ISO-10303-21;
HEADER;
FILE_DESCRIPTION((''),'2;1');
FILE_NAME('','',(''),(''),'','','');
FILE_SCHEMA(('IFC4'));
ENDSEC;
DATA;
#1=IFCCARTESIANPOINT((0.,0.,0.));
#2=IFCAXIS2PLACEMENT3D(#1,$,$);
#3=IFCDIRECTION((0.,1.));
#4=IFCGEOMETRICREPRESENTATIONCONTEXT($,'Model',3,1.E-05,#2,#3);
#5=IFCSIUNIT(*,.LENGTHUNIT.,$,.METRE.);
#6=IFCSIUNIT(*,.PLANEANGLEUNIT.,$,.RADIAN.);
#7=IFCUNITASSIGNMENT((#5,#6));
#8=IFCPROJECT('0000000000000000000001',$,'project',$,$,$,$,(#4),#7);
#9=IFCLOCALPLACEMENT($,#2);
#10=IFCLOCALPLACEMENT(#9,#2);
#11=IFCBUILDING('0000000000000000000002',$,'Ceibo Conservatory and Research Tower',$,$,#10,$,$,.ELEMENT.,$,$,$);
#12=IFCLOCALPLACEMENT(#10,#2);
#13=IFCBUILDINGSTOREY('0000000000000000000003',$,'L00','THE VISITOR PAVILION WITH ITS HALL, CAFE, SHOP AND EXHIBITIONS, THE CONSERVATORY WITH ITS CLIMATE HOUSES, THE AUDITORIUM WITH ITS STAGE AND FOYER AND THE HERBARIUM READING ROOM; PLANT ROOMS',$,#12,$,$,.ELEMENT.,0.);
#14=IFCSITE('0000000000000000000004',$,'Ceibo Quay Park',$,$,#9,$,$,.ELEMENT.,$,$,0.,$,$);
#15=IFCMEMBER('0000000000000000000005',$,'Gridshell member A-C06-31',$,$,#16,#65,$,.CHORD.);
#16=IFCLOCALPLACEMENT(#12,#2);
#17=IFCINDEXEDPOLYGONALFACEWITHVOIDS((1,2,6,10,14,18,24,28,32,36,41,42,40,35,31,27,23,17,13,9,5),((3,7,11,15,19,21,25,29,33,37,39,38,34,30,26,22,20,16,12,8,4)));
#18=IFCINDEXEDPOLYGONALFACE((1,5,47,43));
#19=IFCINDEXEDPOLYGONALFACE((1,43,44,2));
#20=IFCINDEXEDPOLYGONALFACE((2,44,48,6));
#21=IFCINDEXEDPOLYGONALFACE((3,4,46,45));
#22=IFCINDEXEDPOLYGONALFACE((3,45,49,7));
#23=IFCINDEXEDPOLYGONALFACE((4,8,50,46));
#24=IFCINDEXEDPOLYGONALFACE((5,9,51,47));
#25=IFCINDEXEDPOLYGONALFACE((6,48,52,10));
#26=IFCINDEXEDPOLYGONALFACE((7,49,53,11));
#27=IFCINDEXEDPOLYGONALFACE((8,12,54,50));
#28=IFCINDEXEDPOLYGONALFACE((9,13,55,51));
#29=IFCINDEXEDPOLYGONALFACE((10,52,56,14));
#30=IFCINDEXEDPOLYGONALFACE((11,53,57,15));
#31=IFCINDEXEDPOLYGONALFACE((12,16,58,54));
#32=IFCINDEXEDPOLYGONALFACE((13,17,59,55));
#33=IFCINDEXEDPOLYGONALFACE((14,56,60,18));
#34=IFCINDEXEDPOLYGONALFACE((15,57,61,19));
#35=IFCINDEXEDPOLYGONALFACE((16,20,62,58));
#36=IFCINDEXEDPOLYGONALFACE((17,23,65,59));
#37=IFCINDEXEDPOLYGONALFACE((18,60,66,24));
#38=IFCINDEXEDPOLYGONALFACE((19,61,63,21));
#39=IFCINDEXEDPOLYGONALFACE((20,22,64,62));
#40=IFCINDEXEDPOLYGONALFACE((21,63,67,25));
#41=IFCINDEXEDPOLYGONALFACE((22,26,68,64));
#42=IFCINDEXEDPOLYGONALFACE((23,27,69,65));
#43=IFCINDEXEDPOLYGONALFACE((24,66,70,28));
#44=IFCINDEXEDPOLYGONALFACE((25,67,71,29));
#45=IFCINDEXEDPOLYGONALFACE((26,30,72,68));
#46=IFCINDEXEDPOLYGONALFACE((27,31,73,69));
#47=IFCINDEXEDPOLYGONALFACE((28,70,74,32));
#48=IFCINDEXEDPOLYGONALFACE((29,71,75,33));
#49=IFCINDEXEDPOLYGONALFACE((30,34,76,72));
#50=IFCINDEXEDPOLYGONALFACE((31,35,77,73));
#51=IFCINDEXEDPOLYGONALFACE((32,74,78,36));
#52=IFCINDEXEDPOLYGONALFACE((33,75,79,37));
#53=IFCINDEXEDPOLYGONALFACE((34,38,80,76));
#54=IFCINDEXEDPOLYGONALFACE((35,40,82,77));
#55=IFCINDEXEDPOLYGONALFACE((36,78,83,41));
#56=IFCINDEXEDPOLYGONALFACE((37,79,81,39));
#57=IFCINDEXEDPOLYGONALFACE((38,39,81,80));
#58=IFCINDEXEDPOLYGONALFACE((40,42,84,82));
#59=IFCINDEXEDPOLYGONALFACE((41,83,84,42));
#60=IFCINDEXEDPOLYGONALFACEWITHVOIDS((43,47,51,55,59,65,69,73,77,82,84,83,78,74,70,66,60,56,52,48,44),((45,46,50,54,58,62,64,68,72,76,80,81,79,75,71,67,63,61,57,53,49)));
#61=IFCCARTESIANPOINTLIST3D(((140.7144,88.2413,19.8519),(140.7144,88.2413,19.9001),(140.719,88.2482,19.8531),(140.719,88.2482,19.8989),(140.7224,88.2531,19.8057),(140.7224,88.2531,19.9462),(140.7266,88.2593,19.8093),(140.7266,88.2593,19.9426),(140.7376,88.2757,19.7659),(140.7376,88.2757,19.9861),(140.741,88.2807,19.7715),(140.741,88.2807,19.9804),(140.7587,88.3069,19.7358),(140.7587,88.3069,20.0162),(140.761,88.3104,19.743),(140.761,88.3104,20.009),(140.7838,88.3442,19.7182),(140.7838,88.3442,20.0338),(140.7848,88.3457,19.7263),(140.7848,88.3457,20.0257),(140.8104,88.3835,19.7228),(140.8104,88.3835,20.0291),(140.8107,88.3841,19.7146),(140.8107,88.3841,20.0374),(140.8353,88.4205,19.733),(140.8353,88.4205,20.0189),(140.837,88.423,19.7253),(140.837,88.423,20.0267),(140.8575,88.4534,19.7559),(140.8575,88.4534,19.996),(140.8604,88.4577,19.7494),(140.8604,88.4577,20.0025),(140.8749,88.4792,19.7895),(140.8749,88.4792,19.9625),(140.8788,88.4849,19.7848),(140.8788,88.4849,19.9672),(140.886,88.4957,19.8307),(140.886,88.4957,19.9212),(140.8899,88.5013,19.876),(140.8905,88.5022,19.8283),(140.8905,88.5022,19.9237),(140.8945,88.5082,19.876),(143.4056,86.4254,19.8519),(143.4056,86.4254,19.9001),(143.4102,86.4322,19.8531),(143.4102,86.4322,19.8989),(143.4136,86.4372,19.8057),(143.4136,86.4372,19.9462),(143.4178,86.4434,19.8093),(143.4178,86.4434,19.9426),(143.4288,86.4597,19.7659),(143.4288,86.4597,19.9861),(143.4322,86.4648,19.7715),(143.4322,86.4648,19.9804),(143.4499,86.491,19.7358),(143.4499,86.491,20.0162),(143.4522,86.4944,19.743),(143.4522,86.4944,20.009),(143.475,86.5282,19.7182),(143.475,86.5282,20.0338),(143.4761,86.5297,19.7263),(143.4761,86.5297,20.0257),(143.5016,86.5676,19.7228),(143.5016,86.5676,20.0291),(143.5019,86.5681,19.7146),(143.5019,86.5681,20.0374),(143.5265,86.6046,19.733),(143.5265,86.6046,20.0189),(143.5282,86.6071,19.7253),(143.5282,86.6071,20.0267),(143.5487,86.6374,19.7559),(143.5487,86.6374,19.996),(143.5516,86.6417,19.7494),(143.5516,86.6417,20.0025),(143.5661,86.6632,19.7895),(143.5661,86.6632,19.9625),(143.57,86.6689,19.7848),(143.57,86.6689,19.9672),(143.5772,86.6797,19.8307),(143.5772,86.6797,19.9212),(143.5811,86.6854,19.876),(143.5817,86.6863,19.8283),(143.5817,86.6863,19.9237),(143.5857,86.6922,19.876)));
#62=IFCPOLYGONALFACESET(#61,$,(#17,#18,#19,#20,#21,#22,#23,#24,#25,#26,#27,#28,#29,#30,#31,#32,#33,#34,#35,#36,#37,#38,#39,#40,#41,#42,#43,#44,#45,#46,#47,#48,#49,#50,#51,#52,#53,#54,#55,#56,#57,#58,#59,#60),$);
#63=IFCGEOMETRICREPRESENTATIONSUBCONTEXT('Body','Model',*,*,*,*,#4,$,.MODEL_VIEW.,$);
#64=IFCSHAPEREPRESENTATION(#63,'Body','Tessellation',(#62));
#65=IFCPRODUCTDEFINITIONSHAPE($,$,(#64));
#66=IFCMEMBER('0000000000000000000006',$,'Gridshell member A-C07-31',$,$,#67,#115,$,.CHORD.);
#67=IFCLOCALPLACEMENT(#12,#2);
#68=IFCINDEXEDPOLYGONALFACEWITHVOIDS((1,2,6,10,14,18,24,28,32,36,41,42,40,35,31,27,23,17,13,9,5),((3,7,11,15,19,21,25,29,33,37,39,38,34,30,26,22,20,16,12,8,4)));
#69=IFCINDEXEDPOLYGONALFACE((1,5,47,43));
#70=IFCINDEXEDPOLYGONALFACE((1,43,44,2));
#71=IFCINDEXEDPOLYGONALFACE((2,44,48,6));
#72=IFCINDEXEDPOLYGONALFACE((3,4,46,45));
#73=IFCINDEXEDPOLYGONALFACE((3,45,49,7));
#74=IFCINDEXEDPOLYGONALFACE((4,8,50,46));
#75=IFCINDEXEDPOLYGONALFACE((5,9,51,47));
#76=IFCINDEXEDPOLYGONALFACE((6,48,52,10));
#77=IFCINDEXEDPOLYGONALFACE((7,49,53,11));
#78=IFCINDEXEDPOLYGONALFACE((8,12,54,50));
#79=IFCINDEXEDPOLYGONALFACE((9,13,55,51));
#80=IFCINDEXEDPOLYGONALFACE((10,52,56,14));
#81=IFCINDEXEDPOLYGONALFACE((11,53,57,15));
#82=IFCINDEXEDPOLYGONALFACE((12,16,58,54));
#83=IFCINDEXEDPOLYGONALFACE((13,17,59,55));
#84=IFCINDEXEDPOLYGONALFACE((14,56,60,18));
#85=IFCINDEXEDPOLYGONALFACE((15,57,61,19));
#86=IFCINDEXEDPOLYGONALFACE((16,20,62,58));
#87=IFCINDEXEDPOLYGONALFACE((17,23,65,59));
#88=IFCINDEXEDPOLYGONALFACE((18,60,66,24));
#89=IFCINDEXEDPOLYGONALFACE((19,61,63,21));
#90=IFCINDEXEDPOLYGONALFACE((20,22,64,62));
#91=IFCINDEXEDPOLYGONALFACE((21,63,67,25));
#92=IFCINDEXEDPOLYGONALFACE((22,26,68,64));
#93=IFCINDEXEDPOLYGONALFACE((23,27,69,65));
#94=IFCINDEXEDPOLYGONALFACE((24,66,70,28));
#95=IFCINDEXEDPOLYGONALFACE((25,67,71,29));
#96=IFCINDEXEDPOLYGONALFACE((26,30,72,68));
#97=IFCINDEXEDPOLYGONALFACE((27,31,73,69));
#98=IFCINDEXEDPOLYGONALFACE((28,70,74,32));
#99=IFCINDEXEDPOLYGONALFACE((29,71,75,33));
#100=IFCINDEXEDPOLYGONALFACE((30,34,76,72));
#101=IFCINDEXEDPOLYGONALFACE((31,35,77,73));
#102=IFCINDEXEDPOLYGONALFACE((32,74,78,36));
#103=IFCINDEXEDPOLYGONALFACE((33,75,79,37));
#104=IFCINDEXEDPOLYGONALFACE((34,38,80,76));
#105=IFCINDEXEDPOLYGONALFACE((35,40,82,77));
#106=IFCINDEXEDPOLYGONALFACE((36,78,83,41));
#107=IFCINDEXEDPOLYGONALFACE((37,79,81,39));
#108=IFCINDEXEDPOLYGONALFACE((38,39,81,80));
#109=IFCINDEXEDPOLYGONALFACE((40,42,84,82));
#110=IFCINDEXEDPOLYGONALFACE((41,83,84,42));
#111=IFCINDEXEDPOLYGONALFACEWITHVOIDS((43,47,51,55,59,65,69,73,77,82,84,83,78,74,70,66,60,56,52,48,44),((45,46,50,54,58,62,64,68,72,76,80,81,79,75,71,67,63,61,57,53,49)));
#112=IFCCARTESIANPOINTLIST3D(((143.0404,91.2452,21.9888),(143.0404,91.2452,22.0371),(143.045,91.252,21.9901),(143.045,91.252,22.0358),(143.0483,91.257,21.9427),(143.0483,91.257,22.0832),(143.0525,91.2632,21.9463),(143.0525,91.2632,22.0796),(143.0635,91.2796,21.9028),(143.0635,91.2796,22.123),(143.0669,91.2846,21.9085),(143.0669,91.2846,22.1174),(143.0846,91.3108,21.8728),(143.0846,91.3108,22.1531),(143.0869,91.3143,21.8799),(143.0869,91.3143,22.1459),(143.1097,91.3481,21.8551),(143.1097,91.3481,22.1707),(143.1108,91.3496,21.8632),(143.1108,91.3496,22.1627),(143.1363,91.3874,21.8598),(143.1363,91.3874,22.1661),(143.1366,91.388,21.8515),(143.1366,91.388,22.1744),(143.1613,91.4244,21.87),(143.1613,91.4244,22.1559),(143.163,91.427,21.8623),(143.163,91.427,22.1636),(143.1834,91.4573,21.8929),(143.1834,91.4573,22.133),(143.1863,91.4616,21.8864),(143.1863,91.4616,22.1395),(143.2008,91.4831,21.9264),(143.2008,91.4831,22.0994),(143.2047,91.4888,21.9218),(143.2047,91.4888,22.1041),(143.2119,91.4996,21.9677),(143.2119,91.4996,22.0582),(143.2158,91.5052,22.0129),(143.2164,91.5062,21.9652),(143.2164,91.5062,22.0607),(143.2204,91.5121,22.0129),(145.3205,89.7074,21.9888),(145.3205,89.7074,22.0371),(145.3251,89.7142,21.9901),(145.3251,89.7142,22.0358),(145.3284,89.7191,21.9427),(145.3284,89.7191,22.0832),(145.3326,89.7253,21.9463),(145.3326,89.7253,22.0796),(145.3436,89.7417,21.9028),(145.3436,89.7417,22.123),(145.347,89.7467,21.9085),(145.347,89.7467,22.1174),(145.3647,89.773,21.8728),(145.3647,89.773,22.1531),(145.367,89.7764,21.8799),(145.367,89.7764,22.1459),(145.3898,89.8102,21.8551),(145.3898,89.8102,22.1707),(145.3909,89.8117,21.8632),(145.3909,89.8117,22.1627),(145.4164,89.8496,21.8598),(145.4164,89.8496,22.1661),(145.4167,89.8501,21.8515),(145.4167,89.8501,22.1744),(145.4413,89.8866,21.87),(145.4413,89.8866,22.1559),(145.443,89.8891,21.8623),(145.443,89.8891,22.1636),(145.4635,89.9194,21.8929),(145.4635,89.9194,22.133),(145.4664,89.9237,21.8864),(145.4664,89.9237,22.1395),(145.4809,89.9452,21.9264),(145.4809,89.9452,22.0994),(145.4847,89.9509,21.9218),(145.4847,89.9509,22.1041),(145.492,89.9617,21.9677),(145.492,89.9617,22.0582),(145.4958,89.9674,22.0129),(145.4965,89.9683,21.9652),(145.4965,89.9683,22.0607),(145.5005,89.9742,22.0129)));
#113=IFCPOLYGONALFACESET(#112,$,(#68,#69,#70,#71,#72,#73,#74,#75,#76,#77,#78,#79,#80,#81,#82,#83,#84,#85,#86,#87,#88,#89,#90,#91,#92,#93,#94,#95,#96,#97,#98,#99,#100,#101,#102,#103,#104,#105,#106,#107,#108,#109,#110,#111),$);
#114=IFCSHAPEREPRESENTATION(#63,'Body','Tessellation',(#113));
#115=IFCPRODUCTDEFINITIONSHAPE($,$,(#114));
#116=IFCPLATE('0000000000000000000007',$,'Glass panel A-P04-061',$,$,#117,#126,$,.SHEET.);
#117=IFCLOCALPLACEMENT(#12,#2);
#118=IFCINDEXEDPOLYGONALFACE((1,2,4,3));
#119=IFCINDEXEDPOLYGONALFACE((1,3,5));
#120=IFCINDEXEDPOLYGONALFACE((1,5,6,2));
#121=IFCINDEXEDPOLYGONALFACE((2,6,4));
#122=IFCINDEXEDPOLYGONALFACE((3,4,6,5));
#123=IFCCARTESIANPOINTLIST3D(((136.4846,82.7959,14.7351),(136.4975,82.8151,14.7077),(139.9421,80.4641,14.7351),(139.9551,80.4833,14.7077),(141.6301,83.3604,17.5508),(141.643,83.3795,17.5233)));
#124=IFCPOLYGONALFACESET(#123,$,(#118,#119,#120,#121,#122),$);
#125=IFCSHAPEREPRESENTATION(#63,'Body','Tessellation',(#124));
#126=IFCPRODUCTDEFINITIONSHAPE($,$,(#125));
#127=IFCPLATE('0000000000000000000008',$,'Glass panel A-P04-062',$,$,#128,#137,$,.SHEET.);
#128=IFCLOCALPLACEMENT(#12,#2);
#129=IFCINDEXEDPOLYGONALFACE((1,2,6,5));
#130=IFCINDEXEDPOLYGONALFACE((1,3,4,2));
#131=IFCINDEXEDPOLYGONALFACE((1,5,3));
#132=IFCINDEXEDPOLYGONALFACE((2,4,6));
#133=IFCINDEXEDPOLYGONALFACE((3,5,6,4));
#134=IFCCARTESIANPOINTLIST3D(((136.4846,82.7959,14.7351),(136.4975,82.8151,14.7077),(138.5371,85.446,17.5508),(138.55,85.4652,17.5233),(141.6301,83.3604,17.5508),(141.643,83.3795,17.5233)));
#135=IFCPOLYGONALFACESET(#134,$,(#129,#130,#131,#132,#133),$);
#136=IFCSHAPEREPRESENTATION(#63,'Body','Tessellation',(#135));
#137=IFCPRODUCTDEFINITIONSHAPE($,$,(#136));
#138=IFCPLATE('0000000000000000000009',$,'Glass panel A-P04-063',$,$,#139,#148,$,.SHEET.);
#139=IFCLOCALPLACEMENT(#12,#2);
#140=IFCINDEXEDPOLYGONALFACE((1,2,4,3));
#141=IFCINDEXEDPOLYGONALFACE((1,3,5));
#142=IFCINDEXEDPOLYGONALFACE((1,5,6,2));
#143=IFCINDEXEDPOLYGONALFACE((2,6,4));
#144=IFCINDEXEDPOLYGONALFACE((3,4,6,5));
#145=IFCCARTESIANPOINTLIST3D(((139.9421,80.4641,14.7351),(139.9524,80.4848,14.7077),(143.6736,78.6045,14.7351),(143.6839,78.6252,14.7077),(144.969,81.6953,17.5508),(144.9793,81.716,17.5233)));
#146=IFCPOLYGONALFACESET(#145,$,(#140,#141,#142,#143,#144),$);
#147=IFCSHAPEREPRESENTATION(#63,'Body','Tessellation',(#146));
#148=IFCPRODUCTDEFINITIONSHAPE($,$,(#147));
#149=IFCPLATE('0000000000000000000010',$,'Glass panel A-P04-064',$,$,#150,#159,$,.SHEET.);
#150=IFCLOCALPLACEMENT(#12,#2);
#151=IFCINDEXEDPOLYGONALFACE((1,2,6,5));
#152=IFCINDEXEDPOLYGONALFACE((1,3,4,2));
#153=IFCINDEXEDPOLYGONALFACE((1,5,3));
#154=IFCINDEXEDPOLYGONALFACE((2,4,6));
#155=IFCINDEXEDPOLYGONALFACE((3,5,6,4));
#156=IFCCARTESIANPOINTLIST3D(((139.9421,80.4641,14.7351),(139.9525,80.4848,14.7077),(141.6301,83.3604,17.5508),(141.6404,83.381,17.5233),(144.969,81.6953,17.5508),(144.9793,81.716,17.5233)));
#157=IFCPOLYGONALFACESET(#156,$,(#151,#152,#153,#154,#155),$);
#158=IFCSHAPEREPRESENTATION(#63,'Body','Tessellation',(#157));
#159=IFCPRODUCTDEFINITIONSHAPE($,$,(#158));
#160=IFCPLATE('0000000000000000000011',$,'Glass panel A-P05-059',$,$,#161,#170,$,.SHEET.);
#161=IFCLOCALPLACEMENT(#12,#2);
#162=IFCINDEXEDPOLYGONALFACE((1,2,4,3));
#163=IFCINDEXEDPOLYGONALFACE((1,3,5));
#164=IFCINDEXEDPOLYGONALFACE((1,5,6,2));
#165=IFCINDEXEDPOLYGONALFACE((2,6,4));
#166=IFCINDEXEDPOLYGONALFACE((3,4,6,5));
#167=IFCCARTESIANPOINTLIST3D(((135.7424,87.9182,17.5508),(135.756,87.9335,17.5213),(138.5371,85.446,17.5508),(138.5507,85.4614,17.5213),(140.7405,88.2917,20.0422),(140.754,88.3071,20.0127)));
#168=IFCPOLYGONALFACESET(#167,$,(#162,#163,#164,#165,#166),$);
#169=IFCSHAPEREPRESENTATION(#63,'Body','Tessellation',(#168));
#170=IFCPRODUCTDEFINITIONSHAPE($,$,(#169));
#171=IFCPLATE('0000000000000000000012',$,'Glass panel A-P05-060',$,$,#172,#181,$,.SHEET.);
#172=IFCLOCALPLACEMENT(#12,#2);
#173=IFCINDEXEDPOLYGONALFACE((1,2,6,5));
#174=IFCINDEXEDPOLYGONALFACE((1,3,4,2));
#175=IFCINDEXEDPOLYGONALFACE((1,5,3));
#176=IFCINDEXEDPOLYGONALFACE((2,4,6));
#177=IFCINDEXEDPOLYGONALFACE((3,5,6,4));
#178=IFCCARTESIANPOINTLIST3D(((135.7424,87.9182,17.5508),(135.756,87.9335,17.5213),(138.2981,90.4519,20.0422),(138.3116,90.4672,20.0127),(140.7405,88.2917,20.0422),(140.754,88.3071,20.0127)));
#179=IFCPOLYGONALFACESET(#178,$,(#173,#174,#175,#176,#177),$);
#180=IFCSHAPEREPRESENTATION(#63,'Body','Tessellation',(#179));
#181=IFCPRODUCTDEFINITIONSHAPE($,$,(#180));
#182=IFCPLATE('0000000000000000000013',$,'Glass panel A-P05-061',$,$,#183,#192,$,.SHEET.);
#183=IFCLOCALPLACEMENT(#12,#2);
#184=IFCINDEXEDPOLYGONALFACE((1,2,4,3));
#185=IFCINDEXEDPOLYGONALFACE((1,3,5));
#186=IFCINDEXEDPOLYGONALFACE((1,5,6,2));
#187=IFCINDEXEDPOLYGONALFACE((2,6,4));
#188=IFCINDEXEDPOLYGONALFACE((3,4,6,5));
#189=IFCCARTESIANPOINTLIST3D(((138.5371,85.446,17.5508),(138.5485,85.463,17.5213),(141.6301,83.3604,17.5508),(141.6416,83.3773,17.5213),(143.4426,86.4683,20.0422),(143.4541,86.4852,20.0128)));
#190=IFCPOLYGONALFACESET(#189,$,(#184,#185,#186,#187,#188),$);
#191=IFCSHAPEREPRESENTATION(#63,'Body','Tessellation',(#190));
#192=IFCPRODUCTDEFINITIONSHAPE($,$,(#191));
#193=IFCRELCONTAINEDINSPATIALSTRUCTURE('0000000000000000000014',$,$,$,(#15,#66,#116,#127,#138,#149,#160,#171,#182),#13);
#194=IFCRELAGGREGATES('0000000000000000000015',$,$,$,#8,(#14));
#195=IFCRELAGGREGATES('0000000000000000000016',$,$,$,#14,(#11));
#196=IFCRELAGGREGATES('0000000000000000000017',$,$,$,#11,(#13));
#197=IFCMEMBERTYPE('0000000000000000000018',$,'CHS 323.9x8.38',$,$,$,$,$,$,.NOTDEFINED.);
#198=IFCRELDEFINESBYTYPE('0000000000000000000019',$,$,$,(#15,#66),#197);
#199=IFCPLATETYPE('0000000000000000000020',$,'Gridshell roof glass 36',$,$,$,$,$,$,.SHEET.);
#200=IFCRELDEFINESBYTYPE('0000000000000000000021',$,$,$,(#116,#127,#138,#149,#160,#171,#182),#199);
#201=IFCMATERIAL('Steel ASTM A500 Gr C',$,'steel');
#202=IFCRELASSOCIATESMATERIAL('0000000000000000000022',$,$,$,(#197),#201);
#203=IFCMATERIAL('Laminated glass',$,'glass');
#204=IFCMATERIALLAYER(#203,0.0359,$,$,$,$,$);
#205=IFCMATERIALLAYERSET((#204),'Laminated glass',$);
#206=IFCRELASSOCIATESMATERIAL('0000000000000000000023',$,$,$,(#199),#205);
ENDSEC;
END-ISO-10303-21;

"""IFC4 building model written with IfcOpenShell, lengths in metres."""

from ifc_helpers import new_model, si_unit, direction, frame, origin, origin_2d, place, context, subcontext, project, spatial, polyline, hollow_circle, outline, extrude, material, layer, layer_set, material_profile, profile_set, type_object, element, save


model = new_model("IFC4")

# Units and contexts
model_context = context("Model", 3, precision=1e-05, world=origin(), true_north=direction((0.0, 1.0)))
body_context = subcontext(model_context, "Body", "Model", "MODEL_VIEW")
ifc_project = project(units=[si_unit("LENGTHUNIT", "METRE"), si_unit("PLANEANGLEUNIT", "RADIAN")], contexts=[model_context])

# Site, building, storey
site_placement = place(None, origin())
site = spatial("IfcSite", under=ifc_project, at=site_placement, Name="Ceibo Quay Park", CompositionType="ELEMENT", RefElevation=0.0)
building_placement = place(site_placement, origin())
building = spatial("IfcBuilding", under=site, at=building_placement, Name="Ceibo Conservatory and Research Tower", CompositionType="ELEMENT")
storey_placement = place(building_placement, origin())
storey = spatial("IfcBuildingStorey", under=building, at=storey_placement, Name="L00", Description="THE VISITOR PAVILION WITH ITS HALL, CAFE, SHOP AND EXHIBITIONS, THE CONSERVATORY WITH ITS CLIMATE HOUSES, THE AUDITORIUM WITH ITS STAGE AND FOYER AND THE HERBARIUM READING ROOM; PLANT ROOMS", CompositionType="ELEMENT", Elevation=0.0)

# Members
ifc_material_1 = material(Name="Steel ASTM A500 Gr C", Category="steel")
ifc_material_profile_1 = material_profile(ifc_material_1, hollow_circle(Radius=0.1619, WallThickness=0.0083, at=origin_2d()), Name="CHS 323.9x8.38")
ifc_profile_set_1 = profile_set([ifc_material_profile_1], Name="Steel ASTM A500 Gr C")
member_type_1 = type_object("IfcMemberType", Name="CHS 323.9x8.38", PredefinedType="NOTDEFINED", material=ifc_profile_set_1)
for number, where, z_axis, x_axis, name in (
    (1, (140.804, 88.374, 19.876), (0.828937, -0.559342, 0.0), (0.559342, 0.828937, 0.0), "Gridshell member A-C06-31"),
):
    element("IfcMember", number, at=place(storey_placement, frame(where, z_axis=z_axis, x_axis=x_axis)), inside=storey, type_object=member_type_1, Name=name, PredefinedType="CHORD", context=body_context, shape_type="SweptSolid", body=[
        extrude(hollow_circle(Radius=0.1619, WallThickness=0.0083, at=origin_2d()), origin(), (0.0, 0.0, 1.0), 3.2466),
    ])
member_1_placement = place(storey_placement, frame((143.1299, 91.3779, 22.0129), z_axis=(0.829047, -0.559179, 0.0), x_axis=(0.559179, 0.829047, 0.0)))
element("IfcMember", 2, at=member_1_placement, inside=storey, type_object=member_type_1, Name="Gridshell member A-C07-31", PredefinedType="CHORD", context=body_context, shape_type="SweptSolid", body=[
    extrude(hollow_circle(Radius=0.1619, WallThickness=0.0083, at=origin_2d()), origin(), (0.0, 0.0, 1.0), 2.7502),
])

# Plates
ifc_material_2 = material(Name="Laminated glass", Category="glass")
ifc_layer = layer(ifc_material_2, 0.0359)
ifc_layer_set = layer_set([ifc_layer], Name="Laminated glass")
plate_type = type_object("IfcPlateType", Name="Gridshell roof glass 36", PredefinedType="SHEET", material=ifc_layer_set)
plate_1_placement = place(storey_placement, frame((136.4846, 82.7959, 14.7351), z_axis=(-0.360072, -0.533906, 0.765045), x_axis=(0.829075, -0.559137, 0.0)))
element("IfcPlate", 3, at=plate_1_placement, inside=storey, type_object=plate_type, Name="Glass panel A-P04-061", PredefinedType="SHEET", context=body_context, shape_type="SweptSolid", body=[
    extrude(outline(polyline([(0.0, 0.0), (4.1703, 0.0), (3.9504, 4.3723), (0.0, 0.0)])), origin(), (0.0, 0.0, -1.0), 0.0359),
])
plate_2_placement = place(storey_placement, frame((136.4846, 82.7959, 14.7351), z_axis=(-0.360054, -0.533949, 0.765022), x_axis=(0.873213, 0.09579, 0.477831)))
element("IfcPlate", 4, at=plate_2_placement, inside=storey, type_object=plate_type, Name="Glass panel A-P04-062", PredefinedType="SHEET", context=body_context, shape_type="SweptSolid", body=[
    extrude(outline(polyline([(0.0, 0.0), (5.8926, 0.0), (3.3915, 2.7679), (0.0, 0.0)])), origin(), (0.0, 0.0, -1.0), 0.0359),
])
plate_3_placement = place(storey_placement, frame((139.9421, 80.4641, 14.7351), z_axis=(-0.287286, -0.576457, 0.76496), x_axis=(0.895012, -0.446042, 0.0)))
element("IfcPlate", 5, at=plate_3_placement, inside=storey, type_object=plate_type, Name="Glass panel A-P04-063", PredefinedType="SHEET", context=body_context, shape_type="SweptSolid", body=[
    extrude(outline(polyline([(0.0, 0.0), (4.1692, 0.0), (3.9499, 4.3716), (0.0, 0.0)])), origin(), (0.0, 0.0, -1.0), 0.0359),
])
plate_4_placement = place(storey_placement, frame((139.9421, 80.4641, 14.7351), z_axis=(-0.287382, -0.576282, 0.765056), x_axis=(0.853197, 0.208969, 0.477898)))
element("IfcPlate", 6, at=plate_4_placement, inside=storey, type_object=plate_type, Name="Glass panel A-P04-064", PredefinedType="SHEET", context=body_context, shape_type="SweptSolid", body=[
    extrude(outline(polyline([(0.0, 0.0), (5.8918, 0.0), (3.391, 2.7689), (0.0, 0.0)])), origin(), (0.0, 0.0, -1.0), 0.0359),
])
plate_5_placement = place(storey_placement, frame((135.7424, 87.9182, 17.5508), z_axis=(-0.377668, -0.426937, 0.82164), x_axis=(0.749003, -0.662567, 0.0)))
element("IfcPlate", 7, at=plate_5_placement, inside=storey, type_object=plate_type, Name="Glass panel A-P05-059", PredefinedType="SHEET", context=body_context, shape_type="SweptSolid", body=[
    extrude(outline(polyline([(0.0, 0.0), (3.7312, 0.0), (3.4961, 4.3709), (0.0, 0.0)])), origin(), (0.0, 0.0, -1.0), 0.0359),
])
plate_6_placement = place(storey_placement, frame((135.7424, 87.9182, 17.5508), z_axis=(-0.377653, -0.426993, 0.821617), x_axis=(0.892973, 0.066737, 0.445134)))
element("IfcPlate", 8, at=plate_6_placement, inside=storey, type_object=plate_type, Name="Glass panel A-P05-060", PredefinedType="SHEET", context=body_context, shape_type="SweptSolid", body=[
    extrude(outline(polyline([(0.0, 0.0), (5.5971, 0.0), (3.5603, 2.5461), (0.0, 0.0)])), origin(), (0.0, 0.0, -1.0), 0.0359),
])
plate_7_placement = place(storey_placement, frame((138.5371, 85.446, 17.5508), z_axis=(-0.318754, -0.472703, 0.821552), x_axis=(0.829109, -0.559087, 0.0)))
element("IfcPlate", 9, at=plate_7_placement, inside=storey, type_object=plate_type, Name="Glass panel A-P05-061", PredefinedType="SHEET", context=body_context, shape_type="SweptSolid", body=[
    extrude(outline(polyline([(0.0, 0.0), (3.7305, 0.0), (3.4957, 4.37), (0.0, 0.0)])), origin(), (0.0, 0.0, -1.0), 0.0359),
])

save(model, "model.ifc")
